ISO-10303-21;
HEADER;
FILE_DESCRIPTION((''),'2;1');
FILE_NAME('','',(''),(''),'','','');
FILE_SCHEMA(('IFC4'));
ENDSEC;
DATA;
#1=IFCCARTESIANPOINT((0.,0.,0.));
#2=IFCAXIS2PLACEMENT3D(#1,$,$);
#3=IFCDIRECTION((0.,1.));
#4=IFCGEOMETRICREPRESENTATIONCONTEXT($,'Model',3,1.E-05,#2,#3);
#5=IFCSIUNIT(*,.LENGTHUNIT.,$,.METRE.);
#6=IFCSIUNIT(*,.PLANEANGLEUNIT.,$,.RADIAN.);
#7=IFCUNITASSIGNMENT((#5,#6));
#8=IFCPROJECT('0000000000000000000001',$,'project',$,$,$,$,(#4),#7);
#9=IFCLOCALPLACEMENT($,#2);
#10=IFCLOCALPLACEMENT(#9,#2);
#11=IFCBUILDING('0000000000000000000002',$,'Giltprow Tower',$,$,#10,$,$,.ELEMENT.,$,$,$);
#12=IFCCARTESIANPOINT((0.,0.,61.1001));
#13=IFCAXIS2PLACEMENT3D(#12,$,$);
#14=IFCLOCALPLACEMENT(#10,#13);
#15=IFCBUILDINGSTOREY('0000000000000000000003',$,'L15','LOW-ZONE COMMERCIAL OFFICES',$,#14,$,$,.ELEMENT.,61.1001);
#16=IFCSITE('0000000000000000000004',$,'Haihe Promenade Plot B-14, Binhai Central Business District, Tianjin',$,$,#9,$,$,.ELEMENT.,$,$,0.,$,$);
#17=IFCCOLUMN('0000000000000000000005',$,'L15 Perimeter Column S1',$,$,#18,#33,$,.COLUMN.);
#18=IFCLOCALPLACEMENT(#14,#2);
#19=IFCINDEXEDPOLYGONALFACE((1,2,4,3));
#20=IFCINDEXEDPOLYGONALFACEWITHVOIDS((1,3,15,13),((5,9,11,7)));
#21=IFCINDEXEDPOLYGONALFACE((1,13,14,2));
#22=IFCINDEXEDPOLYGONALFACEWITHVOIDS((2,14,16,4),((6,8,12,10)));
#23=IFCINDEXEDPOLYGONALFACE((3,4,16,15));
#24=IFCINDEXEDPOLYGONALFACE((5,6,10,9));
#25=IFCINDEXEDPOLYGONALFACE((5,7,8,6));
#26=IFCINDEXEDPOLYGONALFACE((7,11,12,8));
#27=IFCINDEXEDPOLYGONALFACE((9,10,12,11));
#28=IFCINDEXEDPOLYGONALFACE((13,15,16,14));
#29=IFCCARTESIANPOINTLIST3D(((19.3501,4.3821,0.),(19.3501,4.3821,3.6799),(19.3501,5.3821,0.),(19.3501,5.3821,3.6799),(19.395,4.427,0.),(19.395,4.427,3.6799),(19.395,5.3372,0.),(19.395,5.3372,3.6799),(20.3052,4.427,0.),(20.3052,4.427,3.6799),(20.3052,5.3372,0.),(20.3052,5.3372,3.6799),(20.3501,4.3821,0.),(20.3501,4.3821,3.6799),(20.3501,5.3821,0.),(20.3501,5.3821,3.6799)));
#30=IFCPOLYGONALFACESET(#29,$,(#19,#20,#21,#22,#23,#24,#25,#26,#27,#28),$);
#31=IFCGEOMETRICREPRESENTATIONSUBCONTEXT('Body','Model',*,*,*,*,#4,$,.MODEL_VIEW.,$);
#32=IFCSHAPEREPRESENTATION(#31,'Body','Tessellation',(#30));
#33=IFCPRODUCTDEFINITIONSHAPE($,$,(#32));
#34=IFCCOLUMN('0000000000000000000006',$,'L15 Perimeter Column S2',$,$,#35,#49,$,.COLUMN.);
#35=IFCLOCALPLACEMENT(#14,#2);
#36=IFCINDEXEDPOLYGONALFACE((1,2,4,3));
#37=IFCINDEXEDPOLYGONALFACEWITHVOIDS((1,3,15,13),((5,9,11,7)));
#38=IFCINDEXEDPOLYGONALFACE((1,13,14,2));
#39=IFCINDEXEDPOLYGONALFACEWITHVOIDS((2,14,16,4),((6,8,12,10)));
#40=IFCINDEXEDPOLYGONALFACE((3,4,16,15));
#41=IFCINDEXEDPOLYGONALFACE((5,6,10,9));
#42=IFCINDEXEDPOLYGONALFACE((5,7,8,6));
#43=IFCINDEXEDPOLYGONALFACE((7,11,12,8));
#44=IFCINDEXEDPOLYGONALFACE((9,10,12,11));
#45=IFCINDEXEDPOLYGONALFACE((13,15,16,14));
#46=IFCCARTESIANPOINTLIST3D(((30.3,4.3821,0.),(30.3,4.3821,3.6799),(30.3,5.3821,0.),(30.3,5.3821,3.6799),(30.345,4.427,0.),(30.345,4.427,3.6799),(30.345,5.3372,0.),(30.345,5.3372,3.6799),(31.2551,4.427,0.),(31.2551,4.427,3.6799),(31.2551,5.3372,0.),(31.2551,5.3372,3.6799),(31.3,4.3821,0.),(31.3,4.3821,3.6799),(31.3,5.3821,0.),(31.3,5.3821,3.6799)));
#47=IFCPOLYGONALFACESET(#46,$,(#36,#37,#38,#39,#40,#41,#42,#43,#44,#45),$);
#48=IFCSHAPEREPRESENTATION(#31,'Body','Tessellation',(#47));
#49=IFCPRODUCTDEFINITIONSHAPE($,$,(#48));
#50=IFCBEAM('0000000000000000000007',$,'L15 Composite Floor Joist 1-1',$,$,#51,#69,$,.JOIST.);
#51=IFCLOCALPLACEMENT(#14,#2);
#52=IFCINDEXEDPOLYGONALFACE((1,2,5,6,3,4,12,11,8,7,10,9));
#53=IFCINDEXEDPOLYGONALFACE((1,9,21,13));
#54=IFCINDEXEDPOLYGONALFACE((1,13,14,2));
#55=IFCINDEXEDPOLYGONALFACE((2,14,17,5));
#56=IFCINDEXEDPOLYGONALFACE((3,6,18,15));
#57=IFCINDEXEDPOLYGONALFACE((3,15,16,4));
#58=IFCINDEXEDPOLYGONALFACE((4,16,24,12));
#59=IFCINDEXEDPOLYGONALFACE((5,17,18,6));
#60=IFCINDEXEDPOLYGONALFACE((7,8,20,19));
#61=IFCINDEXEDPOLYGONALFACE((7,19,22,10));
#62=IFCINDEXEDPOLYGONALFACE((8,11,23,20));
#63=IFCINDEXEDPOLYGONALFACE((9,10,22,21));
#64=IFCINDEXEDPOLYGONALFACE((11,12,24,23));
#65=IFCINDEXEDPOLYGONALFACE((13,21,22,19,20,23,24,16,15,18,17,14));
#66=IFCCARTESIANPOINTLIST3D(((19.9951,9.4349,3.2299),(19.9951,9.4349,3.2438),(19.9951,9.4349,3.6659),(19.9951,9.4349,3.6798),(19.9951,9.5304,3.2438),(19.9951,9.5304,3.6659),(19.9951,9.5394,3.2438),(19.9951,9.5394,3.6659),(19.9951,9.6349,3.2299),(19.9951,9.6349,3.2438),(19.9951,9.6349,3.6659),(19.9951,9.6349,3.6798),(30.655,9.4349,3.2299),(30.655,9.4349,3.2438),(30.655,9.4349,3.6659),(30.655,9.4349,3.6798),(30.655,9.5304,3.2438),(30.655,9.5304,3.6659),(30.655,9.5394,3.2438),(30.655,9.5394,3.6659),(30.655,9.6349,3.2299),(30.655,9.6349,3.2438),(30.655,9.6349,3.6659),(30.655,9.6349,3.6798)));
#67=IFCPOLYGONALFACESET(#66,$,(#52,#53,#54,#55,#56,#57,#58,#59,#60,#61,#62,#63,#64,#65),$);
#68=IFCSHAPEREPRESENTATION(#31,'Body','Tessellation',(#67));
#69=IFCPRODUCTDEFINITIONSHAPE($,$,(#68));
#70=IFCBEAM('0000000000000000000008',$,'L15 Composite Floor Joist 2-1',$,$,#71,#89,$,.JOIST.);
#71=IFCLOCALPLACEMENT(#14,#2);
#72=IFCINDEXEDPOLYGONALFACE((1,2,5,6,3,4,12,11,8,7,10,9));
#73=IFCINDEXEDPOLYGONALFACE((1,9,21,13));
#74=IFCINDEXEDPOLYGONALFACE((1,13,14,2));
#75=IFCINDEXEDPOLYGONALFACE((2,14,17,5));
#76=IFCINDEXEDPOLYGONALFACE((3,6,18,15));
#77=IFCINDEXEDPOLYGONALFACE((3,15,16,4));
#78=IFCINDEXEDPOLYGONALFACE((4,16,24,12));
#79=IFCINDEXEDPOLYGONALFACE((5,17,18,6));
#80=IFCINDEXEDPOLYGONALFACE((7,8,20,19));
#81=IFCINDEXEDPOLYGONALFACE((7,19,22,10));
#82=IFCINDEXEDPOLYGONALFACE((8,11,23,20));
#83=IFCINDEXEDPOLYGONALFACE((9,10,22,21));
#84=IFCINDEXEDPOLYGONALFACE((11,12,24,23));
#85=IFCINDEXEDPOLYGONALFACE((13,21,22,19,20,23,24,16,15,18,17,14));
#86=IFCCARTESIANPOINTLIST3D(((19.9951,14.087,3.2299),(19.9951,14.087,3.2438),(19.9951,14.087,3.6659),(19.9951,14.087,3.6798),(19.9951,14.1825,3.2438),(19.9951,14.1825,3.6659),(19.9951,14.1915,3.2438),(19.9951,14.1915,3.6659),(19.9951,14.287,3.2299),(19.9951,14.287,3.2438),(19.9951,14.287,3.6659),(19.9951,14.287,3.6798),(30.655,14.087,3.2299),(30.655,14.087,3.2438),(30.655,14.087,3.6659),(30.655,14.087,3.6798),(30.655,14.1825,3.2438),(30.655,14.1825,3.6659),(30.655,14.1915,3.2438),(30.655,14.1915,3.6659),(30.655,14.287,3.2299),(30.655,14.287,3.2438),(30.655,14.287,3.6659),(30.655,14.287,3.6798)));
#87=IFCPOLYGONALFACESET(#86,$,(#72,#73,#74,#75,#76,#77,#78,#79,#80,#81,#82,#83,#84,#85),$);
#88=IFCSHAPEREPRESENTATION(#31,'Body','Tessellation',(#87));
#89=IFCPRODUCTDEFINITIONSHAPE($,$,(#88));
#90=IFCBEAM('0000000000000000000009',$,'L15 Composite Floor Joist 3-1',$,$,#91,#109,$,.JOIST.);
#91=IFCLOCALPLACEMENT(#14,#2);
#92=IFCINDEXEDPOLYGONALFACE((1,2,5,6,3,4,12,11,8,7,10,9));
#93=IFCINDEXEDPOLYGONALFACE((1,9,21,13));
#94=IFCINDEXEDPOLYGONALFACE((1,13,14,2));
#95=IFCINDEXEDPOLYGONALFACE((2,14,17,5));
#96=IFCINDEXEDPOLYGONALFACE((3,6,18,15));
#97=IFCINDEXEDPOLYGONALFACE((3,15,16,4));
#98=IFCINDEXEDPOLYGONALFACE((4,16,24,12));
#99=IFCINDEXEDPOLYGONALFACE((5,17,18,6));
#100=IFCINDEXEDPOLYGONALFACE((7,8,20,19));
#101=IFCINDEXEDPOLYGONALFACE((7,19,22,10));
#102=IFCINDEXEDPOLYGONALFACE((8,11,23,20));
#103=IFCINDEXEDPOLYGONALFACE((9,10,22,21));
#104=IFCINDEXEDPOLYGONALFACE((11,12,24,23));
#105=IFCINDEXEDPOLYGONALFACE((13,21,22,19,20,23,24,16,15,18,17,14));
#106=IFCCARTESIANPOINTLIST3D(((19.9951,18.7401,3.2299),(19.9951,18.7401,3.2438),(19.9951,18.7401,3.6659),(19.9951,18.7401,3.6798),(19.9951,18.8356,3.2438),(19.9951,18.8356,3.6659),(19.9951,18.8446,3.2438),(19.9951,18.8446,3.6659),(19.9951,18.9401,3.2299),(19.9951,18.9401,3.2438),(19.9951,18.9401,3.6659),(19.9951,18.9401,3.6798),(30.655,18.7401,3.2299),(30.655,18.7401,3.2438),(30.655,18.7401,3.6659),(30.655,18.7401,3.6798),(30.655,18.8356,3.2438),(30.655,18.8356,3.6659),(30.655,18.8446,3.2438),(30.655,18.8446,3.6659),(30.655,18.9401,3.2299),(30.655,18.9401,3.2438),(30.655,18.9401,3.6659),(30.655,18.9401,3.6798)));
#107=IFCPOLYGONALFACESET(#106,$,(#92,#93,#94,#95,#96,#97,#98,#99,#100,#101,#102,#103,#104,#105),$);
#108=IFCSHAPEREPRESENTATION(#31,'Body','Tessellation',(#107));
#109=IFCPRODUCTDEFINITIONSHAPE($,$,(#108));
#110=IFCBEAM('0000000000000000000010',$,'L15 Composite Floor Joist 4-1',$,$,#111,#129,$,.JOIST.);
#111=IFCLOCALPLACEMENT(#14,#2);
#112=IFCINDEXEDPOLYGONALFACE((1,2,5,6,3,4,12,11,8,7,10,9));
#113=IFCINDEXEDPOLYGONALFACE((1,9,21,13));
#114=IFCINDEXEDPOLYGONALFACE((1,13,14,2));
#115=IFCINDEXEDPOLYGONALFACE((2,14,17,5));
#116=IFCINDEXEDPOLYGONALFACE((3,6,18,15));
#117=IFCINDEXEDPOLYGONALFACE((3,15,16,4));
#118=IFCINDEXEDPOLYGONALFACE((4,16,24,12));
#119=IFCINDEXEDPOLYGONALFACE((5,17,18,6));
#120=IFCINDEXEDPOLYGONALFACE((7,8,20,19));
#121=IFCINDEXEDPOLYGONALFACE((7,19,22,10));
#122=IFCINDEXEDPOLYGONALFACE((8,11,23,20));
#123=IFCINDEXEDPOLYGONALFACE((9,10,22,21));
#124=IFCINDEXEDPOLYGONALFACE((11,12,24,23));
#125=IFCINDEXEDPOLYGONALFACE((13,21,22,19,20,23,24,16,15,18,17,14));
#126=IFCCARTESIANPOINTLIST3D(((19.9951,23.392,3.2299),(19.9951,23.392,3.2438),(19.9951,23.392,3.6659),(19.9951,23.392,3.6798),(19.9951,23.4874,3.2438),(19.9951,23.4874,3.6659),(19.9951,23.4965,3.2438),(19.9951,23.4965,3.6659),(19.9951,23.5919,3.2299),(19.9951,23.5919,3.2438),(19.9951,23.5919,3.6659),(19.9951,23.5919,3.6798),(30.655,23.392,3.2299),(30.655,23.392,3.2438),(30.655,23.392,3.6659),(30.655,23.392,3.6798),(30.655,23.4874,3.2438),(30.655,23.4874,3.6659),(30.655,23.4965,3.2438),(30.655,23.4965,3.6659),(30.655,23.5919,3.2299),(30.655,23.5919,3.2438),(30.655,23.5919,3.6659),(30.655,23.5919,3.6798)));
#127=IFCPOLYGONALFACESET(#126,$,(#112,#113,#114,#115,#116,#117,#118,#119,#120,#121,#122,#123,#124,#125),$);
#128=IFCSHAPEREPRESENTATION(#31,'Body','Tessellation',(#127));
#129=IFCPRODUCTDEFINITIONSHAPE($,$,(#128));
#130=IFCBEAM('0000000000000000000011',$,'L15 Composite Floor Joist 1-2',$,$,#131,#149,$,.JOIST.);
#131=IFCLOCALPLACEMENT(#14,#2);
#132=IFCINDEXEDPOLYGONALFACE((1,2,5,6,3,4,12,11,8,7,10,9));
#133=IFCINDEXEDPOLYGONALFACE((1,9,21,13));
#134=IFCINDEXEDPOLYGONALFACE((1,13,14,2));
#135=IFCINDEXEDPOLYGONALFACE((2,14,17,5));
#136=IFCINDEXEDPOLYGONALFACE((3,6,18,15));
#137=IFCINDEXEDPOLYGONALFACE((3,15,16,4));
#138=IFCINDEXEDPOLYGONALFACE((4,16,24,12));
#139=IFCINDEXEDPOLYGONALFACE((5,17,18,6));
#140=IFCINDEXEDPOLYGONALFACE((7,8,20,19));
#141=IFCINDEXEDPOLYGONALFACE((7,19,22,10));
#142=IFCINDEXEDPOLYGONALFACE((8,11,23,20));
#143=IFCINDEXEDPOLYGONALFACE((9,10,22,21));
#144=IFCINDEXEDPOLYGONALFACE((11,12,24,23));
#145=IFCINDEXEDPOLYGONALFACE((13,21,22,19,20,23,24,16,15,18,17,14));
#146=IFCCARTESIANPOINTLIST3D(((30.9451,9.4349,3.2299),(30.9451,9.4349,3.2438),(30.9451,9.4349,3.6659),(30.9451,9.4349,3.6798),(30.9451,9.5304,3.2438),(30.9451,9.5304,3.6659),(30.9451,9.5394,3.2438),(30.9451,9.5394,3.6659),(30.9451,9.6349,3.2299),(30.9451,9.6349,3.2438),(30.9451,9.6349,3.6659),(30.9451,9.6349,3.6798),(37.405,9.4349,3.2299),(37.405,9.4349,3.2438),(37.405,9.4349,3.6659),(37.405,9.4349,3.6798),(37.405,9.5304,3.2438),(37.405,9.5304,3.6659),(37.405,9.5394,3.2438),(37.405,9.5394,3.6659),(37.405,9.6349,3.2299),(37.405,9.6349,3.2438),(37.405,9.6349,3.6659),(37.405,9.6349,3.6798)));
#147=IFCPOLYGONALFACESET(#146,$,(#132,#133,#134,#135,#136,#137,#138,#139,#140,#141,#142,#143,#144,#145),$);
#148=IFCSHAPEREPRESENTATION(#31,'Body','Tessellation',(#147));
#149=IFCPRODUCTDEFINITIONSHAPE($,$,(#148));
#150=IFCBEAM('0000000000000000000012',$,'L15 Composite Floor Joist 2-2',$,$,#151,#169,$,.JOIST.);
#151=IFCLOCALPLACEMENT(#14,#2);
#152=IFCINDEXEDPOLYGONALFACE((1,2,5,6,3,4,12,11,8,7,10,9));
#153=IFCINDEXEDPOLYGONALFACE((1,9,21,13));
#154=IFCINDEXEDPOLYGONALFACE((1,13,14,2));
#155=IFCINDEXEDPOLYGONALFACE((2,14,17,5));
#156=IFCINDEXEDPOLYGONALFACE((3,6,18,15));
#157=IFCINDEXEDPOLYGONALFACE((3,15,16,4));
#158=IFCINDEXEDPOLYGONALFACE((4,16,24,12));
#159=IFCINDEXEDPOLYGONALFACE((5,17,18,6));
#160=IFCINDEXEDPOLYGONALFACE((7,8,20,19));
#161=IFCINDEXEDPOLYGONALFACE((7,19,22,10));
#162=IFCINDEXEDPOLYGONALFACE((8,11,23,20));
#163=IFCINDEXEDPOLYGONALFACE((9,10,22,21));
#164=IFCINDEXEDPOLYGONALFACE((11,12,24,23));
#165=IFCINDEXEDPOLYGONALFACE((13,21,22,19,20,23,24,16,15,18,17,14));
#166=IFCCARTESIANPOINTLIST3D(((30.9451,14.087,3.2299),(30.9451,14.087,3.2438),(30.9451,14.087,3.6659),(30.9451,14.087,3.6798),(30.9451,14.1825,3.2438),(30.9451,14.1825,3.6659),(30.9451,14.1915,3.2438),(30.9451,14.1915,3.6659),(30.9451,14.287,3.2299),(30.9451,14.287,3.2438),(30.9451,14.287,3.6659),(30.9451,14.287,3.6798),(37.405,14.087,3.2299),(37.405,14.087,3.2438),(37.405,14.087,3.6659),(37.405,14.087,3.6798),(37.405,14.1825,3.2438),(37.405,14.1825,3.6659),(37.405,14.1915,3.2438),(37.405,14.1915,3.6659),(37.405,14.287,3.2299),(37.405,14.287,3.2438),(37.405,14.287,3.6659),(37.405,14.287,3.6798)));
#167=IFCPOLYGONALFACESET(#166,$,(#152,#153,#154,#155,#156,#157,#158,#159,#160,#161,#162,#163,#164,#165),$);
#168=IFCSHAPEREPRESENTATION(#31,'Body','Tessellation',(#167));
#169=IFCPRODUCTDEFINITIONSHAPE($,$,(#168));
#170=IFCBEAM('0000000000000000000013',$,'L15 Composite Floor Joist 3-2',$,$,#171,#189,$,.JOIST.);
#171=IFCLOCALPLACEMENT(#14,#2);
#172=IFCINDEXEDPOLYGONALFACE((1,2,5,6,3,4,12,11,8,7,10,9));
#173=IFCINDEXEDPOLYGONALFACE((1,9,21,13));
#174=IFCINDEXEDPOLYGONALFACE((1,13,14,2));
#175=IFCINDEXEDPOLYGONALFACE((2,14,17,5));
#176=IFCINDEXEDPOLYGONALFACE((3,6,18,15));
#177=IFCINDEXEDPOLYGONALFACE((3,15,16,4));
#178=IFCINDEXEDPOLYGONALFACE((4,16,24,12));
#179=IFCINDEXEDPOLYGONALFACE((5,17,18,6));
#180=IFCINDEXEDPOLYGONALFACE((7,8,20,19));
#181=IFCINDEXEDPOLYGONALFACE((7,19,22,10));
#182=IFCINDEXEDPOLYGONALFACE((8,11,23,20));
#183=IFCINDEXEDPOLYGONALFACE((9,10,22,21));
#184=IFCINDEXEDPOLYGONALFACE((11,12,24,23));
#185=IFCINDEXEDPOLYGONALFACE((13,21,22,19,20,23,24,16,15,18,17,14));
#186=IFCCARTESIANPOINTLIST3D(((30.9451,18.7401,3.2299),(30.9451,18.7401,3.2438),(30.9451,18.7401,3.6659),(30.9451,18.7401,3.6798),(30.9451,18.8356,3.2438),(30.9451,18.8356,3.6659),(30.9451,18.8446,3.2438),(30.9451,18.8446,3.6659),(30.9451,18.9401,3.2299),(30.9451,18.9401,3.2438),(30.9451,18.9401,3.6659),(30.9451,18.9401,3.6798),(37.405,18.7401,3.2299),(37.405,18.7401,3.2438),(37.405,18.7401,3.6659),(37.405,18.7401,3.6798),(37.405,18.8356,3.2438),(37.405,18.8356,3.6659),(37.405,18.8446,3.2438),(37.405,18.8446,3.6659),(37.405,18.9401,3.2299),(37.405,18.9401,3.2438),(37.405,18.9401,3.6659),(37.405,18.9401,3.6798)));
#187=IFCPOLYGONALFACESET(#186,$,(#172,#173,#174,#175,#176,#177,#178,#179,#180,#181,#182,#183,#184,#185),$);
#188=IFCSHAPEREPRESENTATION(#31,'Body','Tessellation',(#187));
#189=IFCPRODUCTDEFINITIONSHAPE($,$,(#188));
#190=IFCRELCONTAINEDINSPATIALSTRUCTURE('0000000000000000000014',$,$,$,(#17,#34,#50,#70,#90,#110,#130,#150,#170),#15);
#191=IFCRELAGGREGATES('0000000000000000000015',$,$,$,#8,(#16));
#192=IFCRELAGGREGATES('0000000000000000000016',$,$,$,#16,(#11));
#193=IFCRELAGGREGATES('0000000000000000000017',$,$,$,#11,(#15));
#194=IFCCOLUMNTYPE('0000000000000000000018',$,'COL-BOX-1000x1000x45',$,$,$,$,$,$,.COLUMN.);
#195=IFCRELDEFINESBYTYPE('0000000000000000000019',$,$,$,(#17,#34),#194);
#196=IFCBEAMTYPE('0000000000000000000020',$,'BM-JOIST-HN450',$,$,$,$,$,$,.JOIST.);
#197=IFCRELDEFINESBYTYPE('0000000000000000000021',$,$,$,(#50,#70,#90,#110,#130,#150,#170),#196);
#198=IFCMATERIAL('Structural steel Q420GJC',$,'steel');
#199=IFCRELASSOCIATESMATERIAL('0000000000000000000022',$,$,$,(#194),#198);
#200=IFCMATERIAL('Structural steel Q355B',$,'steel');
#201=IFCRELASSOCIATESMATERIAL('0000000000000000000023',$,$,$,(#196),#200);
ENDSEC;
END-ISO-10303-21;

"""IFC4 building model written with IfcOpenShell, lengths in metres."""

from ifc_helpers import new_model, si_unit, direction, frame, origin, origin_2d, place, context, subcontext, project, spatial, hollow_rectangle, i_section, extrude, source, transform, mapped, material, material_profile, profile_set, type_object, element, save


model = new_model("IFC4")

# Units and contexts
model_context = context("Model", 3, precision=1e-05, world=origin(), true_north=direction((0.0, 1.0)))
body_context = subcontext(model_context, "Body", "Model", "MODEL_VIEW")
ifc_project = project(units=[si_unit("LENGTHUNIT", "METRE"), si_unit("PLANEANGLEUNIT", "RADIAN")], contexts=[model_context])

# Site, building, storey
site_placement = place(None, origin())
site = spatial("IfcSite", under=ifc_project, at=site_placement, Name="Haihe Promenade Plot B-14, Binhai Central Business District, Tianjin", CompositionType="ELEMENT", RefElevation=0.0)
building_placement = place(site_placement, origin())
building = spatial("IfcBuilding", under=site, at=building_placement, Name="Giltprow Tower", CompositionType="ELEMENT")
storey_placement = place(building_placement, frame((0.0, 0.0, 61.1001)))
storey = spatial("IfcBuildingStorey", under=building, at=storey_placement, Name="L15", Description="LOW-ZONE COMMERCIAL OFFICES", CompositionType="ELEMENT", Elevation=61.1001)

# Columns
ifc_material_1 = material(Name="Structural steel Q420GJC", Category="steel")
ifc_material_profile_1 = material_profile(ifc_material_1, hollow_rectangle(XDim=1.0, YDim=1.0, WallThickness=0.0449, at=origin_2d()), Name="BOX 1000x1000x45")
ifc_profile_set_1 = profile_set([ifc_material_profile_1], Name="Structural steel Q420GJC")
column_type = type_object("IfcColumnType", Name="COL-BOX-1000x1000x45", PredefinedType="COLUMN", material=ifc_profile_set_1)
shared_shape_1 = source(origin(), body_context, "Body", "SweptSolid", [
    extrude(hollow_rectangle(XDim=1.0, YDim=1.0, WallThickness=0.0449, at=origin_2d()), origin(), (0.0, 0.0, 1.0), 3.6799),
])
for number, where, z_axis, x_axis, name in (
    (1, (19.8501, 4.8821, 0.0), (0.0, 0.0, 1.0), (1.0, 0.0, 0.0), "L15 Perimeter Column S1"),
    (2, (30.8, 4.8821, 0.0), (0.0, 0.0, 1.0), (1.0, 0.0, 0.0), "L15 Perimeter Column S2"),
):
    element("IfcColumn", number, at=place(storey_placement, frame(where, z_axis=z_axis, x_axis=x_axis)), inside=storey, type_object=column_type, Name=name, PredefinedType="COLUMN", context=body_context, shape_type="MappedRepresentation", body=[
        mapped(shared_shape_1, transform((0.0, 0.0, 0.0), x_axis=(1.0, 0.0, 0.0), y_axis=(0.0, 1.0, 0.0), z_axis=(0.0, 0.0, 1.0), scale=1.0)),
    ])

# Beams
ifc_material_2 = material(Name="Structural steel Q355B", Category="steel")
ifc_material_profile_2 = material_profile(ifc_material_2, i_section(OverallWidth=0.2, OverallDepth=0.45, WebThickness=0.009, FlangeThickness=0.0139, at=origin_2d()), Name="HN 450x200x9x14")
ifc_profile_set_2 = profile_set([ifc_material_profile_2], Name="Structural steel Q355B")
beam_type_1 = type_object("IfcBeamType", Name="BM-JOIST-HN450", PredefinedType="JOIST", material=ifc_profile_set_2)
shared_shape_2 = source(origin(), body_context, "Body", "SweptSolid", [
    extrude(i_section(OverallWidth=0.2, OverallDepth=0.45, WebThickness=0.009, FlangeThickness=0.0139, at=origin_2d()), origin(), (0.0, 0.0, 1.0), 10.6599),
])
for number, where, z_axis, x_axis, name in (
    (3, (19.9951, 9.5349, 3.4548), (1.0, 0.0, 0.0), (0.0, 1.0, 0.0), "L15 Composite Floor Joist 1-1"),
    (4, (19.9951, 14.187, 3.4548), (1.0, 0.0, 0.0), (0.0, 1.0, 0.0), "L15 Composite Floor Joist 2-1"),
    (5, (19.9951, 18.8401, 3.4548), (1.0, 0.0, 0.0), (0.0, 1.0, 0.0), "L15 Composite Floor Joist 3-1"),
    (6, (19.9951, 23.4919, 3.4548), (1.0, 0.0, 0.0), (0.0, 1.0, 0.0), "L15 Composite Floor Joist 4-1"),
):
    element("IfcBeam", number, at=place(storey_placement, frame(where, z_axis=z_axis, x_axis=x_axis)), inside=storey, type_object=beam_type_1, Name=name, PredefinedType="JOIST", context=body_context, shape_type="MappedRepresentation", body=[
        mapped(shared_shape_2, transform((0.0, 0.0, 0.0), x_axis=(1.0, 0.0, 0.0), y_axis=(0.0, 1.0, 0.0), z_axis=(0.0, 0.0, 1.0), scale=1.0)),
    ])
shared_shape_3 = source(origin(), body_context, "Body", "SweptSolid", [
    extrude(i_section(OverallWidth=0.2, OverallDepth=0.45, WebThickness=0.009, FlangeThickness=0.0139, at=origin_2d()), origin(), (0.0, 0.0, 1.0), 6.46),
])
for number, where, z_axis, x_axis, name in (
    (7, (30.9451, 9.5349, 3.4548), (1.0, 0.0, 0.0), (0.0, 1.0, 0.0), "L15 Composite Floor Joist 1-2"),
    (8, (30.9451, 14.187, 3.4548), (1.0, 0.0, 0.0), (0.0, 1.0, 0.0), "L15 Composite Floor Joist 2-2"),
    (9, (30.9451, 18.8401, 3.4548), (1.0, 0.0, 0.0), (0.0, 1.0, 0.0), "L15 Composite Floor Joist 3-2"),
):
    element("IfcBeam", number, at=place(storey_placement, frame(where, z_axis=z_axis, x_axis=x_axis)), inside=storey, type_object=beam_type_1, Name=name, PredefinedType="JOIST", context=body_context, shape_type="MappedRepresentation", body=[
        mapped(shared_shape_3, transform((0.0, 0.0, 0.0), x_axis=(1.0, 0.0, 0.0), y_axis=(0.0, 1.0, 0.0), z_axis=(0.0, 0.0, 1.0), scale=1.0)),
    ])

save(model, "model.ifc")
